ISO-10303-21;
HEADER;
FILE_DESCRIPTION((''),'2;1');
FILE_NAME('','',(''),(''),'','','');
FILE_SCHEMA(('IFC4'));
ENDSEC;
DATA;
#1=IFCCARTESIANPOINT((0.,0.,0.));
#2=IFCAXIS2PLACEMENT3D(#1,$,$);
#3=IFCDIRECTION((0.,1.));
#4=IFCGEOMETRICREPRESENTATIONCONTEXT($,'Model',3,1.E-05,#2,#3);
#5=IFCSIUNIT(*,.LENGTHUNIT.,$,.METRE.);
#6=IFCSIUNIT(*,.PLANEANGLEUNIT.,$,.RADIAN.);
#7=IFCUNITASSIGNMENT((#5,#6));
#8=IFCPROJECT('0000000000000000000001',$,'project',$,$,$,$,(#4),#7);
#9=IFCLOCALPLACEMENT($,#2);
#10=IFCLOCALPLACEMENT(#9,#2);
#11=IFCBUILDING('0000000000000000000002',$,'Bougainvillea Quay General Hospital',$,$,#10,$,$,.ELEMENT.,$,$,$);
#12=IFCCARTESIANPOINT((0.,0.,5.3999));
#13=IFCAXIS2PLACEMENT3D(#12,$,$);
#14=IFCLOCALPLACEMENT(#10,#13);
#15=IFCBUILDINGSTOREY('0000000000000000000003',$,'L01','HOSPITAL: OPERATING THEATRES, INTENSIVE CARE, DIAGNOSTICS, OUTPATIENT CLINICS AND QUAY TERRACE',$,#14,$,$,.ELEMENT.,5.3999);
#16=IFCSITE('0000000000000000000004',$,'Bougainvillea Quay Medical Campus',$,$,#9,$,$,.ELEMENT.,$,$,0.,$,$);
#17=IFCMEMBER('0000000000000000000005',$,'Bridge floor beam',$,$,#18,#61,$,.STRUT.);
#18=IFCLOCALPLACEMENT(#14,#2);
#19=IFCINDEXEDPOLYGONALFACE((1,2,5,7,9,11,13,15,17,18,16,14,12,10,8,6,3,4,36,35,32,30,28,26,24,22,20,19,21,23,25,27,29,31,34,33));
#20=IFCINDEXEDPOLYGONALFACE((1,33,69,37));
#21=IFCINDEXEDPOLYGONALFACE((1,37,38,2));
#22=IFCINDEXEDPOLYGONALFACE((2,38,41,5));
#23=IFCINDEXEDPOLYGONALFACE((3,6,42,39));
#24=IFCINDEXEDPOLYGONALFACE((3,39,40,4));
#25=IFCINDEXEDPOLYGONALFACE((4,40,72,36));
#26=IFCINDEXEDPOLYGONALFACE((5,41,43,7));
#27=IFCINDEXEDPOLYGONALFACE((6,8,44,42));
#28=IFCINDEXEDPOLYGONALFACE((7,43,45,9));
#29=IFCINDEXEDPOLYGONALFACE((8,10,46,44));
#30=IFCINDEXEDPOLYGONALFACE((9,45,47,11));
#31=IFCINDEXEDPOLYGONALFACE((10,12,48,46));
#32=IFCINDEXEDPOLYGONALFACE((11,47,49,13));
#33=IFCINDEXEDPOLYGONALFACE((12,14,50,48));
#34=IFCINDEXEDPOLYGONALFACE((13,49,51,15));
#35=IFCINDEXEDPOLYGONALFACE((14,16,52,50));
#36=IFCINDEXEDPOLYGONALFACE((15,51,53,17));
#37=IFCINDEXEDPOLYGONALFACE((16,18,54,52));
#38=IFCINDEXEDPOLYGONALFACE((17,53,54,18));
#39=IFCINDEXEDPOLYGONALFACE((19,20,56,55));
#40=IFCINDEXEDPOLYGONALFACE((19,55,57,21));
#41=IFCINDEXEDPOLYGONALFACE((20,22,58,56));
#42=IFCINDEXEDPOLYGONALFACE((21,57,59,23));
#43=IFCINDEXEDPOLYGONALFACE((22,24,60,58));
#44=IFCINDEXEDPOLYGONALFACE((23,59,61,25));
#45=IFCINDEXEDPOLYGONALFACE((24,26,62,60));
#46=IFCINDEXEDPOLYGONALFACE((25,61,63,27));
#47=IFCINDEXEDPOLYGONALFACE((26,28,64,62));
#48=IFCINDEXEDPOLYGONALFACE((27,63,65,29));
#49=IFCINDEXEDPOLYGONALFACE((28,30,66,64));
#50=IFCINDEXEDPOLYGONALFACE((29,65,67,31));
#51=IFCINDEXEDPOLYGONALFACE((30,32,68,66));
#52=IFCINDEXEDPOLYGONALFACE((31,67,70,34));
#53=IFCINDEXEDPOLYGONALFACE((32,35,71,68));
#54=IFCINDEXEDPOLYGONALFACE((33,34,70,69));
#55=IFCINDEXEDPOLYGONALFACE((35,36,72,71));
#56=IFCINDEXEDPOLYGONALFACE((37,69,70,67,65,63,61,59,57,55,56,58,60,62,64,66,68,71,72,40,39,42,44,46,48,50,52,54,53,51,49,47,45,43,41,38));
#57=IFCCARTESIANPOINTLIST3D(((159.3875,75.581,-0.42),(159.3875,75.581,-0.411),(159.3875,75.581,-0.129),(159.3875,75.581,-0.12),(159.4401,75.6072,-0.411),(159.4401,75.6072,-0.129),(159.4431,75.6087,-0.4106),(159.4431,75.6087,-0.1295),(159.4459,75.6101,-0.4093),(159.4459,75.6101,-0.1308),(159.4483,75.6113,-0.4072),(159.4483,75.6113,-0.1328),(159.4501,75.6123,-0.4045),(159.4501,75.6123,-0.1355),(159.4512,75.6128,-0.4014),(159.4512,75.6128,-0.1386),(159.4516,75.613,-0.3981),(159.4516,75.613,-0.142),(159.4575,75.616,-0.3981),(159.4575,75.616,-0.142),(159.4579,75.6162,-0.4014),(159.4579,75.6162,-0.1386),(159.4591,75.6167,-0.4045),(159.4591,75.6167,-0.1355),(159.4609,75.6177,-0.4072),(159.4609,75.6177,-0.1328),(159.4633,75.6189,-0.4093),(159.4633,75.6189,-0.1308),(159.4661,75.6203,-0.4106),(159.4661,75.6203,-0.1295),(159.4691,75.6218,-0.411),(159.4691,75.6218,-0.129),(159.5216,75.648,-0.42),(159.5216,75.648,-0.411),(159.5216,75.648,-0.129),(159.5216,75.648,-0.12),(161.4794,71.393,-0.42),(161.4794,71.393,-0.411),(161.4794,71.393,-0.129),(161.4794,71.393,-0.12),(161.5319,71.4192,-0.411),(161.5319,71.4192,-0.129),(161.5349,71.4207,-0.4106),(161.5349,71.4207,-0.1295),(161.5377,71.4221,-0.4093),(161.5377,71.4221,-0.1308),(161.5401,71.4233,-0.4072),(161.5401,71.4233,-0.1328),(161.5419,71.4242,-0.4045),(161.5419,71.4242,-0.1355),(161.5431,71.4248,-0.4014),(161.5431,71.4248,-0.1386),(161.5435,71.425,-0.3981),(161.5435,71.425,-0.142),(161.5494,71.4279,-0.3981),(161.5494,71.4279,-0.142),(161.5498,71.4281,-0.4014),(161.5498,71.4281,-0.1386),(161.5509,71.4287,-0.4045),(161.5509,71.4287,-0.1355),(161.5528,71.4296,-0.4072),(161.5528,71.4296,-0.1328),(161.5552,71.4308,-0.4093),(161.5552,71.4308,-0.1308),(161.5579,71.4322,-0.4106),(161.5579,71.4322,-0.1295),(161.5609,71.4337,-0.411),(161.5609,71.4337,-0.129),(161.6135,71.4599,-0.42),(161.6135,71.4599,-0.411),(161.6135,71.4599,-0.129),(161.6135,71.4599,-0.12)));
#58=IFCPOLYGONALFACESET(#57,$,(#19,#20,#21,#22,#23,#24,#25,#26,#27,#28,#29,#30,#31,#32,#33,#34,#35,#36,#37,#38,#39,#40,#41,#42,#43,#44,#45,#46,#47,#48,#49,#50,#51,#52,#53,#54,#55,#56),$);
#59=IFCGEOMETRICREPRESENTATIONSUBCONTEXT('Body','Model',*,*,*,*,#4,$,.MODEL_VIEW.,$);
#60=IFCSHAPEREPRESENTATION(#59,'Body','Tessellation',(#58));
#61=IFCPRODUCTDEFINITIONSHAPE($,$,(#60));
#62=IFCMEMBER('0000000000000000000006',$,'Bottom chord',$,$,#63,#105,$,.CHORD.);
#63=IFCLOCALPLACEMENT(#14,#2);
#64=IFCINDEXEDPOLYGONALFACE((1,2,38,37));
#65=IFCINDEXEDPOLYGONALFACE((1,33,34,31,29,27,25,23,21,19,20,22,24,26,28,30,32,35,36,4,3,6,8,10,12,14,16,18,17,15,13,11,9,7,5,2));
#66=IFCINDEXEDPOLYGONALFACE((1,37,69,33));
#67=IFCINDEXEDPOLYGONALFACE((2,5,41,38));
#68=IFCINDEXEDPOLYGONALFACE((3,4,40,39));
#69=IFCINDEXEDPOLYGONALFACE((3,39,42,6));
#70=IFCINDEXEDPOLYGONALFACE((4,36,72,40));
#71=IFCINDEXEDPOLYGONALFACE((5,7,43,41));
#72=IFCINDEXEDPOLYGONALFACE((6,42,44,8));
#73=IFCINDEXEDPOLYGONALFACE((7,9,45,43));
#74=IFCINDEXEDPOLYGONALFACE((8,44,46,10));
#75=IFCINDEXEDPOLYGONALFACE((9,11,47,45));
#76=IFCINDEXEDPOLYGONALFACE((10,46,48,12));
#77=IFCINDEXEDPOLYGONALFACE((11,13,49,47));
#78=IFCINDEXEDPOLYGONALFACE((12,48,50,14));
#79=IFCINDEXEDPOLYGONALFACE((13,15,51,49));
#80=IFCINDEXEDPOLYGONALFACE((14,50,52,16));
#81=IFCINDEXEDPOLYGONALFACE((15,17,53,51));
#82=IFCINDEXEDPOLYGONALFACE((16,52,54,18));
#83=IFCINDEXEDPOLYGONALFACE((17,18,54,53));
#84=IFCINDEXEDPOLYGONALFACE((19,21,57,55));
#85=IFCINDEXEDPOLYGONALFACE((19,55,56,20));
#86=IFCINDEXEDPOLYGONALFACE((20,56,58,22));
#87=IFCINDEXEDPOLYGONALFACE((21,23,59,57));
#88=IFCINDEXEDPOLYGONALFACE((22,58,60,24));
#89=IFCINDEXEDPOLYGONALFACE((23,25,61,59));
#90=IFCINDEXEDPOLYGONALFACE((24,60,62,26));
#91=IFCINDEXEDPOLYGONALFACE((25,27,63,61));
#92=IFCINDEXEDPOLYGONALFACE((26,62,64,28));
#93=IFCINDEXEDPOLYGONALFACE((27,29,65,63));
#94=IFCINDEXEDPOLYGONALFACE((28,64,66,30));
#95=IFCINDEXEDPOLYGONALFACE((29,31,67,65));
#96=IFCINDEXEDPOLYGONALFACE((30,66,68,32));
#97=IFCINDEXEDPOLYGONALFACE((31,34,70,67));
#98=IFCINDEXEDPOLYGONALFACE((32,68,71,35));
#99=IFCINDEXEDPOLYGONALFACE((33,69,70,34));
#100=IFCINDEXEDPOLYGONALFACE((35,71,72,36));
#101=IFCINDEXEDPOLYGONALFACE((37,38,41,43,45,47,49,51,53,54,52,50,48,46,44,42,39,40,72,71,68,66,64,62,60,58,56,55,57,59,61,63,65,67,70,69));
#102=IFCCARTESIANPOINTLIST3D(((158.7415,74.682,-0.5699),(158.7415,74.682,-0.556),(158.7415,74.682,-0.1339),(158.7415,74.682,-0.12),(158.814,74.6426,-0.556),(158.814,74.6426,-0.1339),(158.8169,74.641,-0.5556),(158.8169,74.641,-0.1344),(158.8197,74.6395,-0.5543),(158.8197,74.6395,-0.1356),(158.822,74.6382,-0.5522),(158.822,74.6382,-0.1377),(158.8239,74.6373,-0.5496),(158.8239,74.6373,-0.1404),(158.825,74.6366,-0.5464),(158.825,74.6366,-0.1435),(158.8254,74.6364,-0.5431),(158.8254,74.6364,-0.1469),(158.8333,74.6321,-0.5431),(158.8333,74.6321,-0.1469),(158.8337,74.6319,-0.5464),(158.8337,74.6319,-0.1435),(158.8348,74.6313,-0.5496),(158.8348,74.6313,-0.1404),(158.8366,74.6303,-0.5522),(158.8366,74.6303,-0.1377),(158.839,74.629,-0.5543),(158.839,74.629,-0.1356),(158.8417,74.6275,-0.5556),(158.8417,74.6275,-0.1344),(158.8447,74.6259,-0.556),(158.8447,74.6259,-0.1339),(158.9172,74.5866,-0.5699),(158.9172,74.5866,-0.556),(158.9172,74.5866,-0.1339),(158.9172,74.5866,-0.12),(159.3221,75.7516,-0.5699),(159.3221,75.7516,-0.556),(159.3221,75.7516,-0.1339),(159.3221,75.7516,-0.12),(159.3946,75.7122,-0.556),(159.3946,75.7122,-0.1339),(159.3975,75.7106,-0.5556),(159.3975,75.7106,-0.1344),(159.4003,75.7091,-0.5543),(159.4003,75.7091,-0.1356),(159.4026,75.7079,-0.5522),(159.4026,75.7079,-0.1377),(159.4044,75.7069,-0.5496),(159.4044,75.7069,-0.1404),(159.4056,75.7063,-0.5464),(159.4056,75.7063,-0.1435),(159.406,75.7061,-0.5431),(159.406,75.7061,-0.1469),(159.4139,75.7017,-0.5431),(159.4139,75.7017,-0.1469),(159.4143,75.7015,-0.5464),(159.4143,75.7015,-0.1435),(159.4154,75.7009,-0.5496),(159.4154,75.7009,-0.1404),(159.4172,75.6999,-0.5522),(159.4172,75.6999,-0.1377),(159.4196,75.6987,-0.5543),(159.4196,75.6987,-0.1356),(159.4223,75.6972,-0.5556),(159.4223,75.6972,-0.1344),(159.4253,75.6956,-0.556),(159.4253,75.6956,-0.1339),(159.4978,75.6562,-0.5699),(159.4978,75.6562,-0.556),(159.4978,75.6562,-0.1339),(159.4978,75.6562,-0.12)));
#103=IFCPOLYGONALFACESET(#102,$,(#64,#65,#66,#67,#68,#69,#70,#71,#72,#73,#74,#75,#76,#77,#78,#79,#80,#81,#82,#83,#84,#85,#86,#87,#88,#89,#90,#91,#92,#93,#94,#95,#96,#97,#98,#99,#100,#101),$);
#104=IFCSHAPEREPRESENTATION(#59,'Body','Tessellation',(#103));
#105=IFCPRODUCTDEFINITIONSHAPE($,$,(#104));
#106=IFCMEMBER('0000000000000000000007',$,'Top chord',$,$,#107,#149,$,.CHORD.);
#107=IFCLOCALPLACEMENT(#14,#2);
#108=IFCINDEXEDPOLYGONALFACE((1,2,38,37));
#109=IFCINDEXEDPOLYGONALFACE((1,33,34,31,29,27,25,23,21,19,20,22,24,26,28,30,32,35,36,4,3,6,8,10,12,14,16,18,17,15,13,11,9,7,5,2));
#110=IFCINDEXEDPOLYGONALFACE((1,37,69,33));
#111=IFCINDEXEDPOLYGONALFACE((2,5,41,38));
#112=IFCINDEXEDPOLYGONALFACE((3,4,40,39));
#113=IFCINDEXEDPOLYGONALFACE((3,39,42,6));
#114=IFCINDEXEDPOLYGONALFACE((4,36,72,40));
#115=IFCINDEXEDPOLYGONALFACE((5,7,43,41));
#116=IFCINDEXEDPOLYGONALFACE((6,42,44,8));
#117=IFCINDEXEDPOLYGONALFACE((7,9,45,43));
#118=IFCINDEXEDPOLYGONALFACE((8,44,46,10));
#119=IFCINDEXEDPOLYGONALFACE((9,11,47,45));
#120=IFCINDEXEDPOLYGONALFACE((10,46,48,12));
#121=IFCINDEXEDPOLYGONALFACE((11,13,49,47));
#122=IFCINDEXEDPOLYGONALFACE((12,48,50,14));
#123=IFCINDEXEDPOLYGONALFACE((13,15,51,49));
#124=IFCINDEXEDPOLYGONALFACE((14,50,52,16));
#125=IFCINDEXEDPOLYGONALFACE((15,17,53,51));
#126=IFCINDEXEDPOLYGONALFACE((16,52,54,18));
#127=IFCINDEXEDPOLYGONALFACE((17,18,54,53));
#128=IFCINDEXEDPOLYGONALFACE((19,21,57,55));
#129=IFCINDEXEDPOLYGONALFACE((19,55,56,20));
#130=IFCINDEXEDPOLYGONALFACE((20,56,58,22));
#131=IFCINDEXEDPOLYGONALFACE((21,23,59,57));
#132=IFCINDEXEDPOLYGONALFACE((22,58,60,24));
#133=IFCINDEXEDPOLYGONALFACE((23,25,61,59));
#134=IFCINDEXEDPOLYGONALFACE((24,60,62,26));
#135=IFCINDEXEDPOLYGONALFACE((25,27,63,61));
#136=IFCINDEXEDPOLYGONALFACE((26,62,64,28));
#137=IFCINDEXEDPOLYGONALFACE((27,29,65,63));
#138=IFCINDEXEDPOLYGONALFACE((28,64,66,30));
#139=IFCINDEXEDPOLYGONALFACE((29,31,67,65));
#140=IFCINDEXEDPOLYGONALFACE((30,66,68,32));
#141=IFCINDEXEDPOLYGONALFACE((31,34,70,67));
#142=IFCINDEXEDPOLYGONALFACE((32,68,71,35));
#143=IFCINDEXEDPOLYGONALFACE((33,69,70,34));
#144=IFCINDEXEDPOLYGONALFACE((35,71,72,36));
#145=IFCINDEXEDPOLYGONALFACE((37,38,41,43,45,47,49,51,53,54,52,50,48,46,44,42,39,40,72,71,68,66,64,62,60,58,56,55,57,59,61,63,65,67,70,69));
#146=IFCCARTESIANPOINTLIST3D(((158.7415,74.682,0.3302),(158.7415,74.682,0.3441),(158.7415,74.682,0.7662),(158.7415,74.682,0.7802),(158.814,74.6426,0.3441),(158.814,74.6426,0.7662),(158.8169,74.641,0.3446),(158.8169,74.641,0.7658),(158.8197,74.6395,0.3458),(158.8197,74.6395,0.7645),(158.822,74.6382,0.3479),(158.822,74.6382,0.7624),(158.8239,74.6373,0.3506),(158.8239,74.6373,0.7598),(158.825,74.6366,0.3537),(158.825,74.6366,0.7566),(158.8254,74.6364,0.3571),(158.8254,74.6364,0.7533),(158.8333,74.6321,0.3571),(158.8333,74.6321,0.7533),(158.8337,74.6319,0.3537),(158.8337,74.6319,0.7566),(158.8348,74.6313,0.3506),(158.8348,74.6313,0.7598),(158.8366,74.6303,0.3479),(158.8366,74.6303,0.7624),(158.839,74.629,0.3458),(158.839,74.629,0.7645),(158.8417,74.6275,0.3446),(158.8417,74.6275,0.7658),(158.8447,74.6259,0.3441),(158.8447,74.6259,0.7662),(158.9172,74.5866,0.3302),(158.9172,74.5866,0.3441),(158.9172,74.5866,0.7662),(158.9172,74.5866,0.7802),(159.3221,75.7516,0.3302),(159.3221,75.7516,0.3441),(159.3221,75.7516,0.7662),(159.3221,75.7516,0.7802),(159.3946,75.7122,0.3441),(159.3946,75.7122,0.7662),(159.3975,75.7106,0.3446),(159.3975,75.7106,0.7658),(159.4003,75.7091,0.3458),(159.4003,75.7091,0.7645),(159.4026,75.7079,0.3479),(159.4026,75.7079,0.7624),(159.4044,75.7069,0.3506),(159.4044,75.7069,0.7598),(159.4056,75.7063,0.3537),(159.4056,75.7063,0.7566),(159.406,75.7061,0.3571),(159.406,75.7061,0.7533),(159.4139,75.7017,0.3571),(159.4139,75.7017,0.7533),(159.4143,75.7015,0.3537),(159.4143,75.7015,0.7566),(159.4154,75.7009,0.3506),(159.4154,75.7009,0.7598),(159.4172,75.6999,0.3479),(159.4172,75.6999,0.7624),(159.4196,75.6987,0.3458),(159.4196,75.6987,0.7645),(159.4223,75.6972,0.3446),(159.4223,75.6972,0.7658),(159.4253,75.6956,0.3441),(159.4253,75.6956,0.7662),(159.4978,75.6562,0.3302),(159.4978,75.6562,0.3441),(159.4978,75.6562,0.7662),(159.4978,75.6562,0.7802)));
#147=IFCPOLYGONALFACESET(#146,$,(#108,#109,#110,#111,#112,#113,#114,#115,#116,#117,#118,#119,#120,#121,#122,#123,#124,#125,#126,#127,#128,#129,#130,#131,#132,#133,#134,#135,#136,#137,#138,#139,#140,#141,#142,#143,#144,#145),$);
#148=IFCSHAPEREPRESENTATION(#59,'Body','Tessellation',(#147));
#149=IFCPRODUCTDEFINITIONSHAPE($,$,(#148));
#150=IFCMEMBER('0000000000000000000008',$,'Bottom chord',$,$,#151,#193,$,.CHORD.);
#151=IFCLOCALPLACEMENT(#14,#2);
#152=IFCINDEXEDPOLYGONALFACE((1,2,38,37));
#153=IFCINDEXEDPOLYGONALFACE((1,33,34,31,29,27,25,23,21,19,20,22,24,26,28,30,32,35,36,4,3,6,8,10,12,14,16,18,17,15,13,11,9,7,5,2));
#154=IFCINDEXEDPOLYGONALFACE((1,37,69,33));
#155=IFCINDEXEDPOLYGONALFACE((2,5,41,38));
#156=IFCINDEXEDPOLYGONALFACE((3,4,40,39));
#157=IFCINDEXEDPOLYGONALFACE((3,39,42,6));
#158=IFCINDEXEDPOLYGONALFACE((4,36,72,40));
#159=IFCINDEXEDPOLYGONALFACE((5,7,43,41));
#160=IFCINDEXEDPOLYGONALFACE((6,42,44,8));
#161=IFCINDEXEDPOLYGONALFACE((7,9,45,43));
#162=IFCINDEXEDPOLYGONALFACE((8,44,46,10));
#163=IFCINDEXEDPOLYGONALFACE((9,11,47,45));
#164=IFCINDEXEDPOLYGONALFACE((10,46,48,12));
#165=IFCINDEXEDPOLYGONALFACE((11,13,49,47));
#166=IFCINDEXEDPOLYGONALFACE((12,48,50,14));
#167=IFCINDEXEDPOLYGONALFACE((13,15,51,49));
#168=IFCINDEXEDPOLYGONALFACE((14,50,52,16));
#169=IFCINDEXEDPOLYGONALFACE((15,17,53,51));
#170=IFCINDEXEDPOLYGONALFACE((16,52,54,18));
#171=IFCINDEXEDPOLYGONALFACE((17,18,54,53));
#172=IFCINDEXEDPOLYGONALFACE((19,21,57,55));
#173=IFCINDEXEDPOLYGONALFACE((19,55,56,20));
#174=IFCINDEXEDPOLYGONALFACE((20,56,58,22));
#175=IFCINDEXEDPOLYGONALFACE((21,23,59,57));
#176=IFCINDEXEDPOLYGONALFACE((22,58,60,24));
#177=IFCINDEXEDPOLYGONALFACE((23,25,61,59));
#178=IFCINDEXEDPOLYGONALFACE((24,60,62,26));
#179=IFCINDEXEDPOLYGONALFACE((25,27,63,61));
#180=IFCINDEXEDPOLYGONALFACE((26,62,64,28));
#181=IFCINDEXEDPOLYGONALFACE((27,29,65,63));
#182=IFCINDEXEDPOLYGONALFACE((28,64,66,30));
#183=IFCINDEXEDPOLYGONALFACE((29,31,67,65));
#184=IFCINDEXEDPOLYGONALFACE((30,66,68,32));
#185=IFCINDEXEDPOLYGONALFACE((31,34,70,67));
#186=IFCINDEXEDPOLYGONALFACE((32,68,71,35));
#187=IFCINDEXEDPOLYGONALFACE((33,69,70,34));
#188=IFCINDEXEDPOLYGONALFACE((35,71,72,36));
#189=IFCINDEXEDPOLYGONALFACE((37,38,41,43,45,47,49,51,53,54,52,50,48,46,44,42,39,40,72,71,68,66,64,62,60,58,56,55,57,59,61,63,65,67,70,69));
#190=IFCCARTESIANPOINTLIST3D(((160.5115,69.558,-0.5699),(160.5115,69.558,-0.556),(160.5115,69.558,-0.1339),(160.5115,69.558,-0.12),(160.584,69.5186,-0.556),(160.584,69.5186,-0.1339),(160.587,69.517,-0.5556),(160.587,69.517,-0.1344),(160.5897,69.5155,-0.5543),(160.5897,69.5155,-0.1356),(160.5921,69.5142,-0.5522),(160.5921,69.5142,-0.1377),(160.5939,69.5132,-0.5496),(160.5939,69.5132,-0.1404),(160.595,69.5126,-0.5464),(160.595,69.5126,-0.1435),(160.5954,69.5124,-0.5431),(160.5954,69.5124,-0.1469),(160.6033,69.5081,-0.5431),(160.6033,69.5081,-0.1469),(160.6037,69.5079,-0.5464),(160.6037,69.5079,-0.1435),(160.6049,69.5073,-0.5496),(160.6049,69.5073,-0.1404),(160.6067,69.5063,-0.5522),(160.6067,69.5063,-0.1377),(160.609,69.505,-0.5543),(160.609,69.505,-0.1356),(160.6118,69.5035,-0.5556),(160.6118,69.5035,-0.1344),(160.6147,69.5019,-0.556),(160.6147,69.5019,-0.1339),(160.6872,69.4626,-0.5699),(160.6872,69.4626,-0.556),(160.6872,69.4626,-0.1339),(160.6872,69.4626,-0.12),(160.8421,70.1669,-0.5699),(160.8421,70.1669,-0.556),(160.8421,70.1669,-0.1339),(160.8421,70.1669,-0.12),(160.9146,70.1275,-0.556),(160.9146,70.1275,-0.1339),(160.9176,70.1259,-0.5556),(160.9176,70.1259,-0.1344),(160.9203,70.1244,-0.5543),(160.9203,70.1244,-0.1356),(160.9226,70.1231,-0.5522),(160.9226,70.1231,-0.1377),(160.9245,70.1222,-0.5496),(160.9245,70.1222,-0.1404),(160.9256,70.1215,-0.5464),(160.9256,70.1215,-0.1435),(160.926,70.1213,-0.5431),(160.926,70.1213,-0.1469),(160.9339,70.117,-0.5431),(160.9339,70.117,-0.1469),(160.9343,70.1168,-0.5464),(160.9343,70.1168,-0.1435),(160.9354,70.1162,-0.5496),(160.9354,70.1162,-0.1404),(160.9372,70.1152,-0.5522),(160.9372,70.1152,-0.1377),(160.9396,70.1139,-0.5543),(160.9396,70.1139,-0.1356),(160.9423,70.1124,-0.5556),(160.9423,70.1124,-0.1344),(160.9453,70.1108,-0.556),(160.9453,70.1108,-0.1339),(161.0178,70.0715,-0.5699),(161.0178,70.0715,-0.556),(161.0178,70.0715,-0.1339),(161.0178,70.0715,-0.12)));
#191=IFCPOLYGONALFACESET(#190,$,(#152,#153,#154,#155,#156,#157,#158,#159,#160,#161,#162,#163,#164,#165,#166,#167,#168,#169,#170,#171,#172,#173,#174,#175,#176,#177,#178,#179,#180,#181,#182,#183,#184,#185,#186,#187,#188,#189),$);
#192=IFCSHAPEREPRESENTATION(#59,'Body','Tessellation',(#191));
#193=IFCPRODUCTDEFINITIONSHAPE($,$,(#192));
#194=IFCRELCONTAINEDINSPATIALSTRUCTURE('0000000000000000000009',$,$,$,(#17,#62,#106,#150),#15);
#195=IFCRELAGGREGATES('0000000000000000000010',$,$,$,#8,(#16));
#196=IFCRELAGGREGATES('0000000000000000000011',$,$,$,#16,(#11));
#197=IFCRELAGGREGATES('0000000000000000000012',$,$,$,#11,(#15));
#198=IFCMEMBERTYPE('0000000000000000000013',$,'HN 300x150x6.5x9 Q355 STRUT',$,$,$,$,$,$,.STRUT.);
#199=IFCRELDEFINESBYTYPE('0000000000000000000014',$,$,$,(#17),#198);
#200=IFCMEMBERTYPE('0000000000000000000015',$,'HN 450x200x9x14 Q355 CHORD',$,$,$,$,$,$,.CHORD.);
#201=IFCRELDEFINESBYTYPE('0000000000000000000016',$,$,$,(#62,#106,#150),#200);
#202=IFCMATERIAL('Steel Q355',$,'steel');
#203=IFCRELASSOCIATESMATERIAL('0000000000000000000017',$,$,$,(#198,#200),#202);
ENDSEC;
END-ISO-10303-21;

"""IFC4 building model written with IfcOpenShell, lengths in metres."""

from ifc_helpers import new_model, si_unit, direction, frame, origin, origin_2d, place, context, subcontext, project, spatial, i_section, extrude, material, material_profile, profile_set, type_object, element, save


model = new_model("IFC4")

# Units and contexts
model_context = context("Model", 3, precision=1e-05, world=origin(), true_north=direction((0.0, 1.0)))
body_context = subcontext(model_context, "Body", "Model", "MODEL_VIEW")
ifc_project = project(units=[si_unit("LENGTHUNIT", "METRE"), si_unit("PLANEANGLEUNIT", "RADIAN")], contexts=[model_context])

# Site, building, storey
site_placement = place(None, origin())
site = spatial("IfcSite", under=ifc_project, at=site_placement, Name="Bougainvillea Quay Medical Campus", CompositionType="ELEMENT", RefElevation=0.0)
building_placement = place(site_placement, origin())
building = spatial("IfcBuilding", under=site, at=building_placement, Name="Bougainvillea Quay General Hospital", CompositionType="ELEMENT")
storey_placement = place(building_placement, frame((0.0, 0.0, 5.3999)))
storey = spatial("IfcBuildingStorey", under=building, at=storey_placement, Name="L01", Description="HOSPITAL: OPERATING THEATRES, INTENSIVE CARE, DIAGNOSTICS, OUTPATIENT CLINICS AND QUAY TERRACE", CompositionType="ELEMENT", Elevation=5.3999)

# Members
ifc_material_1 = material(Name="Steel Q355", Category="steel")
ifc_material_profile_1 = material_profile(ifc_material_1, i_section(OverallWidth=0.1499, OverallDepth=0.3, WebThickness=0.0066, FlangeThickness=0.009, FilletRadius=0.0129, at=origin_2d()))
ifc_profile_set_1 = profile_set([ifc_material_profile_1], Name="Steel Q355")
member_type_1 = type_object("IfcMemberType", Name="HN 300x150x6.5x9 Q355 STRUT", PredefinedType="STRUT", material=ifc_profile_set_1)
member_1_placement = place(storey_placement, frame((159.4546, 75.6145, -0.27), z_axis=(0.446838, -0.894615, 0.0), x_axis=(0.894615, 0.446838, 0.0)))
element("IfcMember", 1, at=member_1_placement, inside=storey, type_object=member_type_1, Name="Bridge floor beam", PredefinedType="STRUT", context=body_context, shape_type="SweptSolid", body=[
    extrude(i_section(OverallWidth=0.1499, OverallDepth=0.3, WebThickness=0.0066, FlangeThickness=0.009, FilletRadius=0.0129, at=origin_2d()), origin(), (0.0, 0.0, 1.0), 4.6814),
])
ifc_material_profile_2 = material_profile(ifc_material_1, i_section(OverallWidth=0.2, OverallDepth=0.45, WebThickness=0.009, FlangeThickness=0.0139, FilletRadius=0.0129, at=origin_2d()))
ifc_profile_set_2 = profile_set([ifc_material_profile_2], Name="Steel Q355")
member_type_2 = type_object("IfcMemberType", Name="HN 450x200x9x14 Q355 CHORD", PredefinedType="CHORD", material=ifc_profile_set_2)
for number, where, z_axis, x_axis, name in (
    (2, (158.8293, 74.6343, -0.345), (0.477052, 0.878875, 0.0), (-0.878875, 0.477052, 0.0), "Bottom chord"),
    (3, (158.8293, 74.6343, 0.5552), (0.477052, 0.878875, 0.0), (-0.878875, 0.477052, 0.0), "Top chord"),
):
    element("IfcMember", number, at=place(storey_placement, frame(where, z_axis=z_axis, x_axis=x_axis)), inside=storey, type_object=member_type_2, Name=name, PredefinedType="CHORD", context=body_context, shape_type="SweptSolid", body=[
        extrude(i_section(OverallWidth=0.2, OverallDepth=0.45, WebThickness=0.009, FlangeThickness=0.0139, FilletRadius=0.0129, at=origin_2d()), origin(), (0.0, 0.0, 1.0), 1.217),
    ])
for number, where, z_axis, x_axis, name in (
    (4, (160.5994, 69.5103, -0.345), (0.477123, 0.878837, 0.0), (-0.878837, 0.477123, 0.0), "Bottom chord"),
):
    element("IfcMember", number, at=place(storey_placement, frame(where, z_axis=z_axis, x_axis=x_axis)), inside=storey, type_object=member_type_2, Name=name, PredefinedType="CHORD", context=body_context, shape_type="SweptSolid", body=[
        extrude(i_section(OverallWidth=0.2, OverallDepth=0.45, WebThickness=0.009, FlangeThickness=0.0139, FilletRadius=0.0129, at=origin_2d()), origin(), (0.0, 0.0, 1.0), 0.6929),
    ])

save(model, "model.ifc")
